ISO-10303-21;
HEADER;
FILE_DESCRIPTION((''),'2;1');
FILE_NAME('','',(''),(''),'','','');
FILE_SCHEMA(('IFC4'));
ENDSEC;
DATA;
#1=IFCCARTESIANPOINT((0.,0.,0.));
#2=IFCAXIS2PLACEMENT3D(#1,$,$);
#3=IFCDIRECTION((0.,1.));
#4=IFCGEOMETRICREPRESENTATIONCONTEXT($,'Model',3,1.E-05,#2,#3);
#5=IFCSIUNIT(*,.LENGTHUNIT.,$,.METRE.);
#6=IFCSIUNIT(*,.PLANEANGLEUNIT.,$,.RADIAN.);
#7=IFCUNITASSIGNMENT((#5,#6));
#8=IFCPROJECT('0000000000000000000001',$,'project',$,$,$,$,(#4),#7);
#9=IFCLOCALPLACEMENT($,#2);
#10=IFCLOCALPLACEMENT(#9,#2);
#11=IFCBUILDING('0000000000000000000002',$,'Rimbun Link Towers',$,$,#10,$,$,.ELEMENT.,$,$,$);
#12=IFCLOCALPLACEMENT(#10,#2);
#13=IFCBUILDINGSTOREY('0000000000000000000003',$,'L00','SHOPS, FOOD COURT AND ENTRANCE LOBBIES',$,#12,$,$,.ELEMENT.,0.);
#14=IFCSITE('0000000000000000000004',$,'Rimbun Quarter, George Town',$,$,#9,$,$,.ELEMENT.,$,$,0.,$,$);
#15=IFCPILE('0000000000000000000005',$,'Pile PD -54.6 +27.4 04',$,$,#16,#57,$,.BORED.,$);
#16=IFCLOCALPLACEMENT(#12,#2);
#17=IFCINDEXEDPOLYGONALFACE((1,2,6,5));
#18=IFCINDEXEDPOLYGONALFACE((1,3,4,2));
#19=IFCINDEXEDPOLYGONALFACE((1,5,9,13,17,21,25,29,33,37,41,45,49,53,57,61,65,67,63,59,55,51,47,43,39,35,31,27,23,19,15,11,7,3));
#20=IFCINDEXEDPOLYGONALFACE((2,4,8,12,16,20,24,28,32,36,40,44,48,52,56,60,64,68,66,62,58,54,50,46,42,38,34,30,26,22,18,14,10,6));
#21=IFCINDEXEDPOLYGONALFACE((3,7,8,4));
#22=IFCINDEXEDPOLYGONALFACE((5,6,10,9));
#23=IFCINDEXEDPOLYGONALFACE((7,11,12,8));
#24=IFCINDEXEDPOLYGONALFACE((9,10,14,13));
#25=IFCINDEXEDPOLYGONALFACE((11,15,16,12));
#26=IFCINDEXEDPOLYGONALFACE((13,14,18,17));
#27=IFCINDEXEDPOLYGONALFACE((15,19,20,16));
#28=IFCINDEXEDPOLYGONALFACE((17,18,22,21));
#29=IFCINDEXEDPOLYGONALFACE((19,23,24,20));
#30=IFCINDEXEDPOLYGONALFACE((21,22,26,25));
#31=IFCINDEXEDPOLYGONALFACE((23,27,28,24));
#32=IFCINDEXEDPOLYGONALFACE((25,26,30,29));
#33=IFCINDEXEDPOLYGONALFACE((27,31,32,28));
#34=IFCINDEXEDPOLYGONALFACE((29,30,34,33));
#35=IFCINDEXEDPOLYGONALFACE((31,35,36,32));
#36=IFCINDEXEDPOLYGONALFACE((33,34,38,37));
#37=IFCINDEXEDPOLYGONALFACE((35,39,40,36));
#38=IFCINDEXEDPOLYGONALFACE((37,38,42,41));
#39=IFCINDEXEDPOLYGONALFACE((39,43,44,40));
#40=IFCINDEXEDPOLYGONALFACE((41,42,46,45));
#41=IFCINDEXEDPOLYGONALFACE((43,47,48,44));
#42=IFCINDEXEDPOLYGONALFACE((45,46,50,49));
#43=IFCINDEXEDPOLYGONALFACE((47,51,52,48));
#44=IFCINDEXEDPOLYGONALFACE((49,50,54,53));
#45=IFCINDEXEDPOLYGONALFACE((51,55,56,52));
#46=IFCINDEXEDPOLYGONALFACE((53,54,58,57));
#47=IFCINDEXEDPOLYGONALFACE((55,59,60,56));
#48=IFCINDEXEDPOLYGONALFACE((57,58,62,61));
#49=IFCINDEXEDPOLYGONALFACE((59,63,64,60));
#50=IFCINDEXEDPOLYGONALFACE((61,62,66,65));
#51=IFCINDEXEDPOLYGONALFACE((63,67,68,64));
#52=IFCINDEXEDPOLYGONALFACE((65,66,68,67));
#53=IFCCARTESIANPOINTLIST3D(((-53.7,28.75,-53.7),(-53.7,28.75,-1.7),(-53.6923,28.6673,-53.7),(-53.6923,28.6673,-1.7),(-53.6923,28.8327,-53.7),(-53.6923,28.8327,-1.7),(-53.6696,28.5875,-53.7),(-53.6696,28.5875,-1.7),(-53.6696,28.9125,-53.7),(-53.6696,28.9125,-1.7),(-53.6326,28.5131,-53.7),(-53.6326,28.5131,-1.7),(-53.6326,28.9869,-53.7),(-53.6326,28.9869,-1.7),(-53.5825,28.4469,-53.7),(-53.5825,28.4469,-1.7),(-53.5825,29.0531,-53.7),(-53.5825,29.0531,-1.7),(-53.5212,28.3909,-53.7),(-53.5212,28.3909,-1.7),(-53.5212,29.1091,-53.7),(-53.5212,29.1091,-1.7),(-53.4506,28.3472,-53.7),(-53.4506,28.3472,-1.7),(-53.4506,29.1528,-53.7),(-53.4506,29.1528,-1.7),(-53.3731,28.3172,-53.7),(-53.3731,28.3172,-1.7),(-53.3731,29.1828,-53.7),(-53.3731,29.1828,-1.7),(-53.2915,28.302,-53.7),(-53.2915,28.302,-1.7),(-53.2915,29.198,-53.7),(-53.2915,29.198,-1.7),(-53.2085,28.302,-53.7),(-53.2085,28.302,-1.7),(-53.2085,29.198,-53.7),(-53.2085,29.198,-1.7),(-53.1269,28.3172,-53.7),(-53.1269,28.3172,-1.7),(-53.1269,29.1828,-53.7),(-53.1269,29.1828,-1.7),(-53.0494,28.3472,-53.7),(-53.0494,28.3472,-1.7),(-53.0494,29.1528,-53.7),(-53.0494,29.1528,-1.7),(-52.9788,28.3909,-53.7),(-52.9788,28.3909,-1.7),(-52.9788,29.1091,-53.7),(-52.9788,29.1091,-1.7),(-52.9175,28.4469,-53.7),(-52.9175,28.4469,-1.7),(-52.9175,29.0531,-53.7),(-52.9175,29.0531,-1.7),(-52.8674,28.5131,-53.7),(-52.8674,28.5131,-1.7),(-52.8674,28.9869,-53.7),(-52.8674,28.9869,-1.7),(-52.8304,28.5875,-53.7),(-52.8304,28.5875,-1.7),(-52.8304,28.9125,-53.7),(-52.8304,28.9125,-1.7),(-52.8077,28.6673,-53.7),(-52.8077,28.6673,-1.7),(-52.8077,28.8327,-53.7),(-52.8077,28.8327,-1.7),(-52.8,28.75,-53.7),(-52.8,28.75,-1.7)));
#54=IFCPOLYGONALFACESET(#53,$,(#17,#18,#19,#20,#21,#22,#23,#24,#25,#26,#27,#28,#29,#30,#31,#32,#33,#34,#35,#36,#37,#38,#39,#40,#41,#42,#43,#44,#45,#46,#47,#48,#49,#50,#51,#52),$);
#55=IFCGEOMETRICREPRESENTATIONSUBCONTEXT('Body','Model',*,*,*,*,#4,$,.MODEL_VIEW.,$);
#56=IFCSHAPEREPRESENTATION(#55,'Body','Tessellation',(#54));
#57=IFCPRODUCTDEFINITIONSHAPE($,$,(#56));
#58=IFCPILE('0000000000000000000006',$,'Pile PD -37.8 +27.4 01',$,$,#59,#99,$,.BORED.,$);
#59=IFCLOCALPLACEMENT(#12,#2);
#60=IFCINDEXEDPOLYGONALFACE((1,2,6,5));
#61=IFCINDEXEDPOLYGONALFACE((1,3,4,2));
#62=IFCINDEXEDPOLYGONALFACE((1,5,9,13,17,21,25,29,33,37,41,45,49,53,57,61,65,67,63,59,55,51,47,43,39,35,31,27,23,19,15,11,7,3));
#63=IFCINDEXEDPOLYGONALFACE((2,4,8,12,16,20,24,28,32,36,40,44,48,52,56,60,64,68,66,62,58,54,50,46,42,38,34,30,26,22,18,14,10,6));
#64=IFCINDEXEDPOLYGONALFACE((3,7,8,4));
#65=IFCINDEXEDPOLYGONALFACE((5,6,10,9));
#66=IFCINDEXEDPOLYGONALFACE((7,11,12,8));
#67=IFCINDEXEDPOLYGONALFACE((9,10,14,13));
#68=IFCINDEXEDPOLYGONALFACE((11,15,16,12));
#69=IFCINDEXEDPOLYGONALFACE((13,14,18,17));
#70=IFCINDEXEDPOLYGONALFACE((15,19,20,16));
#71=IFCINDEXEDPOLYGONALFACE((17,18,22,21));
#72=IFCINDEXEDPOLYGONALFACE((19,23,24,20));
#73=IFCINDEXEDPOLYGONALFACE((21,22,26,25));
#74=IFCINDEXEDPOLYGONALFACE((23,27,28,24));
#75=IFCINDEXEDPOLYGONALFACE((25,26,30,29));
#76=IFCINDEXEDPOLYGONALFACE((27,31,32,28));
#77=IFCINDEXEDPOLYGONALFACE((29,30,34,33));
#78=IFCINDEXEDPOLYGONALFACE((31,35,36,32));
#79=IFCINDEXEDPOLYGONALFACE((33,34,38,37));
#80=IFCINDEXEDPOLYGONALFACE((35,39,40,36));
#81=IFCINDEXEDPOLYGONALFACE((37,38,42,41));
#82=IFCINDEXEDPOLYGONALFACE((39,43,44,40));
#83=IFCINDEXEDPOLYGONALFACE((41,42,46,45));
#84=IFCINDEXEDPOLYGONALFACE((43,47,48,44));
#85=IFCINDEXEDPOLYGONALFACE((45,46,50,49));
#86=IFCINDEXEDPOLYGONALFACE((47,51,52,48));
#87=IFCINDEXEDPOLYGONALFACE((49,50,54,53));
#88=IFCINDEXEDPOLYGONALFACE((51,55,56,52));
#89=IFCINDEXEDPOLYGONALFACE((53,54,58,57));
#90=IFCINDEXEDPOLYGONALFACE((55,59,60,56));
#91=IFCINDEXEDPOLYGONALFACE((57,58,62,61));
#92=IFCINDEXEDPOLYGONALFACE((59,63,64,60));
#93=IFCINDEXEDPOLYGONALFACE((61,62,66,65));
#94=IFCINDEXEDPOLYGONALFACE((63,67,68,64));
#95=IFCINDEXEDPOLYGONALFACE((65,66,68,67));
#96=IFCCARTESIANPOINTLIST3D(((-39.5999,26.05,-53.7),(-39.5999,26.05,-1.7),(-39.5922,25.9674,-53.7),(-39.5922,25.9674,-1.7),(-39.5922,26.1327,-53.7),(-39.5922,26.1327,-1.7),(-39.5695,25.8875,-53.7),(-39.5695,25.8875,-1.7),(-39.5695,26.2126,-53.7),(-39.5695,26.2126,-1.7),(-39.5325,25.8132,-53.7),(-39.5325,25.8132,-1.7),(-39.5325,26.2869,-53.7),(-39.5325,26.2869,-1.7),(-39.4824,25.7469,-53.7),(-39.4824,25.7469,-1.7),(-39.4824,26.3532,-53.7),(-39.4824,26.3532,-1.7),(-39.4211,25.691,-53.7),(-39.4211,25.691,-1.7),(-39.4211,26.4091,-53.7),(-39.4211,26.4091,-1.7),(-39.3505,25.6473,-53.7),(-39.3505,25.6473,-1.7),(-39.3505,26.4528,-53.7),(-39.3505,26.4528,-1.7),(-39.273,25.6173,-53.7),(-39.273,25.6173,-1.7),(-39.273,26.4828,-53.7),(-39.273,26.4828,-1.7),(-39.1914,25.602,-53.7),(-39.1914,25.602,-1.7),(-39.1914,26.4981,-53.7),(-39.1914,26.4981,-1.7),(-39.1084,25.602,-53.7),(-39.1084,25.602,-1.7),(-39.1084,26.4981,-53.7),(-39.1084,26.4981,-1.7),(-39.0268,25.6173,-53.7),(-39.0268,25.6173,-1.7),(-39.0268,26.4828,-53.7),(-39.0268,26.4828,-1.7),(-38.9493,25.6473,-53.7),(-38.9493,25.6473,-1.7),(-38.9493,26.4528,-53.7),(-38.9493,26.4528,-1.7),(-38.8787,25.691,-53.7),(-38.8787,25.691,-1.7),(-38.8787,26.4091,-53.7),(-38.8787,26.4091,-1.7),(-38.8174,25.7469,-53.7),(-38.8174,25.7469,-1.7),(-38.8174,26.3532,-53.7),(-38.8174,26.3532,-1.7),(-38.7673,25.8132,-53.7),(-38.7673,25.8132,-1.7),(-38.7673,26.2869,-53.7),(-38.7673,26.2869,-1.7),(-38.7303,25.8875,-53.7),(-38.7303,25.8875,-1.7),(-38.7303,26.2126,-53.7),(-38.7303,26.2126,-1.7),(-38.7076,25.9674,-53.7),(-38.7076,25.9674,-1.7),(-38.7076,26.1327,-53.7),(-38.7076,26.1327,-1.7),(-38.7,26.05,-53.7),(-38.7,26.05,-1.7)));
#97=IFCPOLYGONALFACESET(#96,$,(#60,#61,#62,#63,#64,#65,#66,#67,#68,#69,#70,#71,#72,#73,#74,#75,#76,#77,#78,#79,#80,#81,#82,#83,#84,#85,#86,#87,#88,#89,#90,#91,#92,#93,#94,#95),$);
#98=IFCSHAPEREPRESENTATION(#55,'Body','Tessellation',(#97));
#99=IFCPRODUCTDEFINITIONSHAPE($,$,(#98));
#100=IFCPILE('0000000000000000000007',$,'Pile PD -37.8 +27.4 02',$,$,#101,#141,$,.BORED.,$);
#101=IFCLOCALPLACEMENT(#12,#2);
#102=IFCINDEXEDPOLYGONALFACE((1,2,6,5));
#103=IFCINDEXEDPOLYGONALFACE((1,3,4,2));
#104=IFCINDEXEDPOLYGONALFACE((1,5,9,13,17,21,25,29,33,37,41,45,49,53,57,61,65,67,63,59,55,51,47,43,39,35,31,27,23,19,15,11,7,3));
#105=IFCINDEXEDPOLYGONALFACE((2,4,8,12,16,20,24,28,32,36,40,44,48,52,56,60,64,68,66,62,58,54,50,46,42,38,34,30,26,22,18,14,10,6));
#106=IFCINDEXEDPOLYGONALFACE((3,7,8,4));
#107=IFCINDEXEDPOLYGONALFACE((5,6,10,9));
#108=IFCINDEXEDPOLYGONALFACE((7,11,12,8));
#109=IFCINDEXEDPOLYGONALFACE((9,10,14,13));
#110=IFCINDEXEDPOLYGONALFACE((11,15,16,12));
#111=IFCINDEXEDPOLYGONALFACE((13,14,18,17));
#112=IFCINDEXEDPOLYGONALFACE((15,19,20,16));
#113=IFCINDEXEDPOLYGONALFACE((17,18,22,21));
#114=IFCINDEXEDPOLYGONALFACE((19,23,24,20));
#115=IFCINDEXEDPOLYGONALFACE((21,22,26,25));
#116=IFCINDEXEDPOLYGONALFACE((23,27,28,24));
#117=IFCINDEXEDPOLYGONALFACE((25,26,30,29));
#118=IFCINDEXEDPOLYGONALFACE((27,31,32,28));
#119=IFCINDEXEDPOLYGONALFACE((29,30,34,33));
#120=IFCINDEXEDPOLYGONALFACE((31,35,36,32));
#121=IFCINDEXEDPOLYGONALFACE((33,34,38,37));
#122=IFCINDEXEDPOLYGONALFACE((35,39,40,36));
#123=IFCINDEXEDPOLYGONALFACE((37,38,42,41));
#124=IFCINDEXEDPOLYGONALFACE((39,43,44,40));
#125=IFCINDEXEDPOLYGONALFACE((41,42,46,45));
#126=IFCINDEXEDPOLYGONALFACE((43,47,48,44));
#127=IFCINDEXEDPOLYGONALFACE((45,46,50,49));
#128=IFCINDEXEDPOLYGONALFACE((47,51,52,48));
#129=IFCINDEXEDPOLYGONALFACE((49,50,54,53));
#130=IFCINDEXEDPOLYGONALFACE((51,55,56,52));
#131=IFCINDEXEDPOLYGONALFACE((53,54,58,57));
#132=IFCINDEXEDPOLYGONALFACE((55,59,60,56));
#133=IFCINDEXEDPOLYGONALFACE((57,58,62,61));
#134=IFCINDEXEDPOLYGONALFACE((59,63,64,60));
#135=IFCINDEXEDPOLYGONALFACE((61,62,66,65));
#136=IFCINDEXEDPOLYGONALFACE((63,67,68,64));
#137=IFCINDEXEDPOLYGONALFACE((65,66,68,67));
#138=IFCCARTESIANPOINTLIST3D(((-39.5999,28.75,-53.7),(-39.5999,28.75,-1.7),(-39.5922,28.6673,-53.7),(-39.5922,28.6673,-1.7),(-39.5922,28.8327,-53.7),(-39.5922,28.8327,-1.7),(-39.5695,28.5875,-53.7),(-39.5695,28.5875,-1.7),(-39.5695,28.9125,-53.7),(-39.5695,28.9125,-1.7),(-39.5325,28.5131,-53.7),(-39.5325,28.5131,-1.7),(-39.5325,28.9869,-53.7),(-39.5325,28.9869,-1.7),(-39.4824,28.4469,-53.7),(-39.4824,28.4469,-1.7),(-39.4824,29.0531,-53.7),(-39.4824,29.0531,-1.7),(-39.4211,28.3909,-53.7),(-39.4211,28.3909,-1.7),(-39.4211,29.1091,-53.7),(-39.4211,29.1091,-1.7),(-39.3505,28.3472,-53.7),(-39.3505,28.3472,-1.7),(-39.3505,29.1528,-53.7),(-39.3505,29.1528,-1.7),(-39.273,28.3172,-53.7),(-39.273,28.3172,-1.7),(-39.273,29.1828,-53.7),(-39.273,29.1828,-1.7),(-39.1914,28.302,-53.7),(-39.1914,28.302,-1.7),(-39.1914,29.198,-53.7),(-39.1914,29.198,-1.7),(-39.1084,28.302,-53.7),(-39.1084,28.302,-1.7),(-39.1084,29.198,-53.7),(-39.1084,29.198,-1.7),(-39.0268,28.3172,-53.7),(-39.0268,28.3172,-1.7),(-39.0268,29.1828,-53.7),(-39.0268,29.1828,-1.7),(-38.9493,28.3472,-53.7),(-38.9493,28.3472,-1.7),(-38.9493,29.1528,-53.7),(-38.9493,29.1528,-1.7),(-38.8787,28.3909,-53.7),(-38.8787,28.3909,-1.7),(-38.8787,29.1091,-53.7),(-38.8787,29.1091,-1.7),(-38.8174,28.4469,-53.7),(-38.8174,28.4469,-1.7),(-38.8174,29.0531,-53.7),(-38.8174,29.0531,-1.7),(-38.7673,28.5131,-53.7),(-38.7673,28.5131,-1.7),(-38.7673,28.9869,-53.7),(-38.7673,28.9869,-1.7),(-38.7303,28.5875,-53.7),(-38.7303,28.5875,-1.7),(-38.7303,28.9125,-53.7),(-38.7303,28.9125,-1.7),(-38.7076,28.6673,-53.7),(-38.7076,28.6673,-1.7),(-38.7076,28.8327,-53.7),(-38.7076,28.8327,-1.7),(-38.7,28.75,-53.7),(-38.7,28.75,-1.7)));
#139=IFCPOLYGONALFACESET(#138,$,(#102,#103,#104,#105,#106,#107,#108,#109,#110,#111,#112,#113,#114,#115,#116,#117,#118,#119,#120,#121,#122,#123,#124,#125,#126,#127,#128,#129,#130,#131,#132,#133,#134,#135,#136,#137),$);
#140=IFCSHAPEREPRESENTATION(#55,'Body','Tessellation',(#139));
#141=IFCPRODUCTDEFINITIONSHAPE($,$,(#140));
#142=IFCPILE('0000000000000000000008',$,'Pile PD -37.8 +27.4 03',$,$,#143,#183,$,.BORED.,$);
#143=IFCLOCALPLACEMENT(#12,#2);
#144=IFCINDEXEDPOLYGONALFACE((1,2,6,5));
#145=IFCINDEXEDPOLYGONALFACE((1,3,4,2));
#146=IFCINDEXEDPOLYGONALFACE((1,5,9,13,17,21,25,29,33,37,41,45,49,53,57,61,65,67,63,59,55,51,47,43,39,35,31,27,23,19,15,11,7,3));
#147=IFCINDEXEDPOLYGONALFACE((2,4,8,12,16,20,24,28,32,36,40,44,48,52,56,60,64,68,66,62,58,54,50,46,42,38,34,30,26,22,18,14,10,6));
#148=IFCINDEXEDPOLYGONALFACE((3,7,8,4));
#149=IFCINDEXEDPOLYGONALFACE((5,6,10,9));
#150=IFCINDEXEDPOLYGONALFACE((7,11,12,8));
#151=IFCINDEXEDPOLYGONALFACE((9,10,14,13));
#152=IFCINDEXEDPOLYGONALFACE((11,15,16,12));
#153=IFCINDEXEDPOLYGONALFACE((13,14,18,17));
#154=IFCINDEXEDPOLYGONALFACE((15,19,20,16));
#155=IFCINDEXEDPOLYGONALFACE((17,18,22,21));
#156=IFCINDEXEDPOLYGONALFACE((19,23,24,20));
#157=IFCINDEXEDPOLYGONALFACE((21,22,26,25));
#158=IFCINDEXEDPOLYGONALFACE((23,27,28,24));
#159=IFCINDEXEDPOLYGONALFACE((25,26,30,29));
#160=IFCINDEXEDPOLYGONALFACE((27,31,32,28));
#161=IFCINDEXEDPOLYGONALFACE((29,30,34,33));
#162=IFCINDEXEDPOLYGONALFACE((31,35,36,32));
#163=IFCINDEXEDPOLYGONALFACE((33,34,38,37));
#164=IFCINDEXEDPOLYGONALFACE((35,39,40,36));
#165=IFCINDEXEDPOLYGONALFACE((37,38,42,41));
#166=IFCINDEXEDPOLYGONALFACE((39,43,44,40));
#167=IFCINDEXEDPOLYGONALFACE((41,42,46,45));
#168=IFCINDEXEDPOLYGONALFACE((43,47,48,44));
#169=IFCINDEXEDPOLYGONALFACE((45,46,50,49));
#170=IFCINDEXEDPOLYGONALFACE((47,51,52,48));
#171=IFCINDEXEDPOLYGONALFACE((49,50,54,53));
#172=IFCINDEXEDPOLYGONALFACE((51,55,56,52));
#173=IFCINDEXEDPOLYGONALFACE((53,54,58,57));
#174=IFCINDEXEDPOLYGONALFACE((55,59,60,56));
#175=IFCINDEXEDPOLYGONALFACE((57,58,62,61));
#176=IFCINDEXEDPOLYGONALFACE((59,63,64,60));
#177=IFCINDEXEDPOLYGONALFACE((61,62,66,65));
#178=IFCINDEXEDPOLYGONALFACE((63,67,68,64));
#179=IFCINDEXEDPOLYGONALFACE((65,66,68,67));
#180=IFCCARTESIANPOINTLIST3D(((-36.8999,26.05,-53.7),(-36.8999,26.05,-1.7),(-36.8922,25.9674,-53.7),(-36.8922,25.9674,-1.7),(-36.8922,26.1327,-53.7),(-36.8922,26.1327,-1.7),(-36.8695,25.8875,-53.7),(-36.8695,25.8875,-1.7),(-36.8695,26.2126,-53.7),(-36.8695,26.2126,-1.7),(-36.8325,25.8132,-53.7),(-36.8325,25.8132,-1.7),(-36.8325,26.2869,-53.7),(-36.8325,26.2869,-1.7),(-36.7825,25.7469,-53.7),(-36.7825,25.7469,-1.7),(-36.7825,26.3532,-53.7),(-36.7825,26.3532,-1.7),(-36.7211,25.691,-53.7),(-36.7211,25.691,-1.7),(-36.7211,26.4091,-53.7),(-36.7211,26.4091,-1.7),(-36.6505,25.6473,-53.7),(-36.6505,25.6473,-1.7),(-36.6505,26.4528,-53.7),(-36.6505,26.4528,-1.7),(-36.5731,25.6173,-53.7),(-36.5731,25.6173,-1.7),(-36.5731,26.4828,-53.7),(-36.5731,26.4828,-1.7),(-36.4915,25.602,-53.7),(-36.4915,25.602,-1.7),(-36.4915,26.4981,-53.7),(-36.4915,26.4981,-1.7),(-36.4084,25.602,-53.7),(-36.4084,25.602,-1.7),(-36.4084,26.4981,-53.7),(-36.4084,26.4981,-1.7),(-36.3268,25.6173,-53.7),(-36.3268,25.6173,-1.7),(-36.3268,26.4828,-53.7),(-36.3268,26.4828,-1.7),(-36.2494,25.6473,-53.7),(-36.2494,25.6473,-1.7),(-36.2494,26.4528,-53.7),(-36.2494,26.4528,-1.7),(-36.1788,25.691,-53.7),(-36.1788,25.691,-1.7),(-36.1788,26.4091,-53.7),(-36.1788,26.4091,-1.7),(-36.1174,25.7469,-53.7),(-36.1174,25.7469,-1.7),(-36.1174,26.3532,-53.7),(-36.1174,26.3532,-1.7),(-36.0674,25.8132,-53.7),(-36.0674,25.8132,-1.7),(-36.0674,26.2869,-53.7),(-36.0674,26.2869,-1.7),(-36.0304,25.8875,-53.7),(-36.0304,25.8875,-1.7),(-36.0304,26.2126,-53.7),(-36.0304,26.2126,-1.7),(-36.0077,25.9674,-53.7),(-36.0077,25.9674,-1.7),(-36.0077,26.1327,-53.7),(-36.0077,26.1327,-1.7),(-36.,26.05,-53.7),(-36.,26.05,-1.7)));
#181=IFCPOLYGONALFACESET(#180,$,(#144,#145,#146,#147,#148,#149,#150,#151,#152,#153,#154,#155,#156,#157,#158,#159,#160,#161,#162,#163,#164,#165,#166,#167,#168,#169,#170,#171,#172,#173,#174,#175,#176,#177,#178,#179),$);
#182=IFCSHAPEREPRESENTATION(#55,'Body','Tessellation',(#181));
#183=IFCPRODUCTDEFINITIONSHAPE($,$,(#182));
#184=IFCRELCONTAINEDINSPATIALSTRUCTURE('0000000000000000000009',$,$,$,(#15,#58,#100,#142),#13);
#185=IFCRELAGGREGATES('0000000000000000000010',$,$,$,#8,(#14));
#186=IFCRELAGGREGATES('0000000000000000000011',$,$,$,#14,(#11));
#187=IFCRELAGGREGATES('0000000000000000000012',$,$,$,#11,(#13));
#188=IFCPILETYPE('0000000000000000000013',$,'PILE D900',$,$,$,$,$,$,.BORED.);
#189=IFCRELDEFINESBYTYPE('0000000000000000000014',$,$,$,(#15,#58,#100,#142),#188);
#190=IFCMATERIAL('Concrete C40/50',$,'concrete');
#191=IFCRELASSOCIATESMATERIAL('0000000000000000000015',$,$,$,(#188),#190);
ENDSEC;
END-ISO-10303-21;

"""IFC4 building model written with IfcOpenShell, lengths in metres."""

from ifc_helpers import new_model, si_unit, direction, frame, origin, origin_2d, place, context, subcontext, project, spatial, circle, extrude, material, material_profile, profile_set, type_object, element, save


model = new_model("IFC4")

# Units and contexts
model_context = context("Model", 3, precision=1e-05, world=origin(), true_north=direction((0.0, 1.0)))
body_context = subcontext(model_context, "Body", "Model", "MODEL_VIEW")
ifc_project = project(units=[si_unit("LENGTHUNIT", "METRE"), si_unit("PLANEANGLEUNIT", "RADIAN")], contexts=[model_context])

# Site, building, storey
site_placement = place(None, origin())
site = spatial("IfcSite", under=ifc_project, at=site_placement, Name="Rimbun Quarter, George Town", CompositionType="ELEMENT", RefElevation=0.0)
building_placement = place(site_placement, origin())
building = spatial("IfcBuilding", under=site, at=building_placement, Name="Rimbun Link Towers", CompositionType="ELEMENT")
storey_placement = place(building_placement, origin())
storey = spatial("IfcBuildingStorey", under=building, at=storey_placement, Name="L00", Description="SHOPS, FOOD COURT AND ENTRANCE LOBBIES", CompositionType="ELEMENT", Elevation=0.0)

# Piles
ifc_material_1 = material(Name="Concrete C40/50", Category="concrete")
ifc_material_profile_1 = material_profile(ifc_material_1, circle(Radius=0.45, at=origin_2d()), Name="PILE D900")
ifc_profile_set_1 = profile_set([ifc_material_profile_1], Name="Concrete C40/50")
pile_type_1 = type_object("IfcPileType", Name="PILE D900", PredefinedType="BORED", material=ifc_profile_set_1)
for number, where, z_axis, x_axis, name in (
    (1, (-53.25, 28.75, -1.7), (0.0, 0.0, -1.0), (1.0, 0.0, 0.0), "Pile PD -54.6 +27.4 04"),
    (2, (-39.1499, 26.05, -1.7), (0.0, 0.0, -1.0), (1.0, 0.0, 0.0), "Pile PD -37.8 +27.4 01"),
    (3, (-39.1499, 28.75, -1.7), (0.0, 0.0, -1.0), (1.0, 0.0, 0.0), "Pile PD -37.8 +27.4 02"),
    (4, (-36.45, 26.05, -1.7), (0.0, 0.0, -1.0), (1.0, 0.0, 0.0), "Pile PD -37.8 +27.4 03"),
):
    element("IfcPile", number, at=place(storey_placement, frame(where, z_axis=z_axis, x_axis=x_axis)), inside=storey, type_object=pile_type_1, Name=name, PredefinedType="BORED", context=body_context, shape_type="SweptSolid", body=[
        extrude(circle(Radius=0.45, at=origin_2d()), origin(), (0.0, 0.0, 1.0), 52.0),
    ])

save(model, "model.ifc")
